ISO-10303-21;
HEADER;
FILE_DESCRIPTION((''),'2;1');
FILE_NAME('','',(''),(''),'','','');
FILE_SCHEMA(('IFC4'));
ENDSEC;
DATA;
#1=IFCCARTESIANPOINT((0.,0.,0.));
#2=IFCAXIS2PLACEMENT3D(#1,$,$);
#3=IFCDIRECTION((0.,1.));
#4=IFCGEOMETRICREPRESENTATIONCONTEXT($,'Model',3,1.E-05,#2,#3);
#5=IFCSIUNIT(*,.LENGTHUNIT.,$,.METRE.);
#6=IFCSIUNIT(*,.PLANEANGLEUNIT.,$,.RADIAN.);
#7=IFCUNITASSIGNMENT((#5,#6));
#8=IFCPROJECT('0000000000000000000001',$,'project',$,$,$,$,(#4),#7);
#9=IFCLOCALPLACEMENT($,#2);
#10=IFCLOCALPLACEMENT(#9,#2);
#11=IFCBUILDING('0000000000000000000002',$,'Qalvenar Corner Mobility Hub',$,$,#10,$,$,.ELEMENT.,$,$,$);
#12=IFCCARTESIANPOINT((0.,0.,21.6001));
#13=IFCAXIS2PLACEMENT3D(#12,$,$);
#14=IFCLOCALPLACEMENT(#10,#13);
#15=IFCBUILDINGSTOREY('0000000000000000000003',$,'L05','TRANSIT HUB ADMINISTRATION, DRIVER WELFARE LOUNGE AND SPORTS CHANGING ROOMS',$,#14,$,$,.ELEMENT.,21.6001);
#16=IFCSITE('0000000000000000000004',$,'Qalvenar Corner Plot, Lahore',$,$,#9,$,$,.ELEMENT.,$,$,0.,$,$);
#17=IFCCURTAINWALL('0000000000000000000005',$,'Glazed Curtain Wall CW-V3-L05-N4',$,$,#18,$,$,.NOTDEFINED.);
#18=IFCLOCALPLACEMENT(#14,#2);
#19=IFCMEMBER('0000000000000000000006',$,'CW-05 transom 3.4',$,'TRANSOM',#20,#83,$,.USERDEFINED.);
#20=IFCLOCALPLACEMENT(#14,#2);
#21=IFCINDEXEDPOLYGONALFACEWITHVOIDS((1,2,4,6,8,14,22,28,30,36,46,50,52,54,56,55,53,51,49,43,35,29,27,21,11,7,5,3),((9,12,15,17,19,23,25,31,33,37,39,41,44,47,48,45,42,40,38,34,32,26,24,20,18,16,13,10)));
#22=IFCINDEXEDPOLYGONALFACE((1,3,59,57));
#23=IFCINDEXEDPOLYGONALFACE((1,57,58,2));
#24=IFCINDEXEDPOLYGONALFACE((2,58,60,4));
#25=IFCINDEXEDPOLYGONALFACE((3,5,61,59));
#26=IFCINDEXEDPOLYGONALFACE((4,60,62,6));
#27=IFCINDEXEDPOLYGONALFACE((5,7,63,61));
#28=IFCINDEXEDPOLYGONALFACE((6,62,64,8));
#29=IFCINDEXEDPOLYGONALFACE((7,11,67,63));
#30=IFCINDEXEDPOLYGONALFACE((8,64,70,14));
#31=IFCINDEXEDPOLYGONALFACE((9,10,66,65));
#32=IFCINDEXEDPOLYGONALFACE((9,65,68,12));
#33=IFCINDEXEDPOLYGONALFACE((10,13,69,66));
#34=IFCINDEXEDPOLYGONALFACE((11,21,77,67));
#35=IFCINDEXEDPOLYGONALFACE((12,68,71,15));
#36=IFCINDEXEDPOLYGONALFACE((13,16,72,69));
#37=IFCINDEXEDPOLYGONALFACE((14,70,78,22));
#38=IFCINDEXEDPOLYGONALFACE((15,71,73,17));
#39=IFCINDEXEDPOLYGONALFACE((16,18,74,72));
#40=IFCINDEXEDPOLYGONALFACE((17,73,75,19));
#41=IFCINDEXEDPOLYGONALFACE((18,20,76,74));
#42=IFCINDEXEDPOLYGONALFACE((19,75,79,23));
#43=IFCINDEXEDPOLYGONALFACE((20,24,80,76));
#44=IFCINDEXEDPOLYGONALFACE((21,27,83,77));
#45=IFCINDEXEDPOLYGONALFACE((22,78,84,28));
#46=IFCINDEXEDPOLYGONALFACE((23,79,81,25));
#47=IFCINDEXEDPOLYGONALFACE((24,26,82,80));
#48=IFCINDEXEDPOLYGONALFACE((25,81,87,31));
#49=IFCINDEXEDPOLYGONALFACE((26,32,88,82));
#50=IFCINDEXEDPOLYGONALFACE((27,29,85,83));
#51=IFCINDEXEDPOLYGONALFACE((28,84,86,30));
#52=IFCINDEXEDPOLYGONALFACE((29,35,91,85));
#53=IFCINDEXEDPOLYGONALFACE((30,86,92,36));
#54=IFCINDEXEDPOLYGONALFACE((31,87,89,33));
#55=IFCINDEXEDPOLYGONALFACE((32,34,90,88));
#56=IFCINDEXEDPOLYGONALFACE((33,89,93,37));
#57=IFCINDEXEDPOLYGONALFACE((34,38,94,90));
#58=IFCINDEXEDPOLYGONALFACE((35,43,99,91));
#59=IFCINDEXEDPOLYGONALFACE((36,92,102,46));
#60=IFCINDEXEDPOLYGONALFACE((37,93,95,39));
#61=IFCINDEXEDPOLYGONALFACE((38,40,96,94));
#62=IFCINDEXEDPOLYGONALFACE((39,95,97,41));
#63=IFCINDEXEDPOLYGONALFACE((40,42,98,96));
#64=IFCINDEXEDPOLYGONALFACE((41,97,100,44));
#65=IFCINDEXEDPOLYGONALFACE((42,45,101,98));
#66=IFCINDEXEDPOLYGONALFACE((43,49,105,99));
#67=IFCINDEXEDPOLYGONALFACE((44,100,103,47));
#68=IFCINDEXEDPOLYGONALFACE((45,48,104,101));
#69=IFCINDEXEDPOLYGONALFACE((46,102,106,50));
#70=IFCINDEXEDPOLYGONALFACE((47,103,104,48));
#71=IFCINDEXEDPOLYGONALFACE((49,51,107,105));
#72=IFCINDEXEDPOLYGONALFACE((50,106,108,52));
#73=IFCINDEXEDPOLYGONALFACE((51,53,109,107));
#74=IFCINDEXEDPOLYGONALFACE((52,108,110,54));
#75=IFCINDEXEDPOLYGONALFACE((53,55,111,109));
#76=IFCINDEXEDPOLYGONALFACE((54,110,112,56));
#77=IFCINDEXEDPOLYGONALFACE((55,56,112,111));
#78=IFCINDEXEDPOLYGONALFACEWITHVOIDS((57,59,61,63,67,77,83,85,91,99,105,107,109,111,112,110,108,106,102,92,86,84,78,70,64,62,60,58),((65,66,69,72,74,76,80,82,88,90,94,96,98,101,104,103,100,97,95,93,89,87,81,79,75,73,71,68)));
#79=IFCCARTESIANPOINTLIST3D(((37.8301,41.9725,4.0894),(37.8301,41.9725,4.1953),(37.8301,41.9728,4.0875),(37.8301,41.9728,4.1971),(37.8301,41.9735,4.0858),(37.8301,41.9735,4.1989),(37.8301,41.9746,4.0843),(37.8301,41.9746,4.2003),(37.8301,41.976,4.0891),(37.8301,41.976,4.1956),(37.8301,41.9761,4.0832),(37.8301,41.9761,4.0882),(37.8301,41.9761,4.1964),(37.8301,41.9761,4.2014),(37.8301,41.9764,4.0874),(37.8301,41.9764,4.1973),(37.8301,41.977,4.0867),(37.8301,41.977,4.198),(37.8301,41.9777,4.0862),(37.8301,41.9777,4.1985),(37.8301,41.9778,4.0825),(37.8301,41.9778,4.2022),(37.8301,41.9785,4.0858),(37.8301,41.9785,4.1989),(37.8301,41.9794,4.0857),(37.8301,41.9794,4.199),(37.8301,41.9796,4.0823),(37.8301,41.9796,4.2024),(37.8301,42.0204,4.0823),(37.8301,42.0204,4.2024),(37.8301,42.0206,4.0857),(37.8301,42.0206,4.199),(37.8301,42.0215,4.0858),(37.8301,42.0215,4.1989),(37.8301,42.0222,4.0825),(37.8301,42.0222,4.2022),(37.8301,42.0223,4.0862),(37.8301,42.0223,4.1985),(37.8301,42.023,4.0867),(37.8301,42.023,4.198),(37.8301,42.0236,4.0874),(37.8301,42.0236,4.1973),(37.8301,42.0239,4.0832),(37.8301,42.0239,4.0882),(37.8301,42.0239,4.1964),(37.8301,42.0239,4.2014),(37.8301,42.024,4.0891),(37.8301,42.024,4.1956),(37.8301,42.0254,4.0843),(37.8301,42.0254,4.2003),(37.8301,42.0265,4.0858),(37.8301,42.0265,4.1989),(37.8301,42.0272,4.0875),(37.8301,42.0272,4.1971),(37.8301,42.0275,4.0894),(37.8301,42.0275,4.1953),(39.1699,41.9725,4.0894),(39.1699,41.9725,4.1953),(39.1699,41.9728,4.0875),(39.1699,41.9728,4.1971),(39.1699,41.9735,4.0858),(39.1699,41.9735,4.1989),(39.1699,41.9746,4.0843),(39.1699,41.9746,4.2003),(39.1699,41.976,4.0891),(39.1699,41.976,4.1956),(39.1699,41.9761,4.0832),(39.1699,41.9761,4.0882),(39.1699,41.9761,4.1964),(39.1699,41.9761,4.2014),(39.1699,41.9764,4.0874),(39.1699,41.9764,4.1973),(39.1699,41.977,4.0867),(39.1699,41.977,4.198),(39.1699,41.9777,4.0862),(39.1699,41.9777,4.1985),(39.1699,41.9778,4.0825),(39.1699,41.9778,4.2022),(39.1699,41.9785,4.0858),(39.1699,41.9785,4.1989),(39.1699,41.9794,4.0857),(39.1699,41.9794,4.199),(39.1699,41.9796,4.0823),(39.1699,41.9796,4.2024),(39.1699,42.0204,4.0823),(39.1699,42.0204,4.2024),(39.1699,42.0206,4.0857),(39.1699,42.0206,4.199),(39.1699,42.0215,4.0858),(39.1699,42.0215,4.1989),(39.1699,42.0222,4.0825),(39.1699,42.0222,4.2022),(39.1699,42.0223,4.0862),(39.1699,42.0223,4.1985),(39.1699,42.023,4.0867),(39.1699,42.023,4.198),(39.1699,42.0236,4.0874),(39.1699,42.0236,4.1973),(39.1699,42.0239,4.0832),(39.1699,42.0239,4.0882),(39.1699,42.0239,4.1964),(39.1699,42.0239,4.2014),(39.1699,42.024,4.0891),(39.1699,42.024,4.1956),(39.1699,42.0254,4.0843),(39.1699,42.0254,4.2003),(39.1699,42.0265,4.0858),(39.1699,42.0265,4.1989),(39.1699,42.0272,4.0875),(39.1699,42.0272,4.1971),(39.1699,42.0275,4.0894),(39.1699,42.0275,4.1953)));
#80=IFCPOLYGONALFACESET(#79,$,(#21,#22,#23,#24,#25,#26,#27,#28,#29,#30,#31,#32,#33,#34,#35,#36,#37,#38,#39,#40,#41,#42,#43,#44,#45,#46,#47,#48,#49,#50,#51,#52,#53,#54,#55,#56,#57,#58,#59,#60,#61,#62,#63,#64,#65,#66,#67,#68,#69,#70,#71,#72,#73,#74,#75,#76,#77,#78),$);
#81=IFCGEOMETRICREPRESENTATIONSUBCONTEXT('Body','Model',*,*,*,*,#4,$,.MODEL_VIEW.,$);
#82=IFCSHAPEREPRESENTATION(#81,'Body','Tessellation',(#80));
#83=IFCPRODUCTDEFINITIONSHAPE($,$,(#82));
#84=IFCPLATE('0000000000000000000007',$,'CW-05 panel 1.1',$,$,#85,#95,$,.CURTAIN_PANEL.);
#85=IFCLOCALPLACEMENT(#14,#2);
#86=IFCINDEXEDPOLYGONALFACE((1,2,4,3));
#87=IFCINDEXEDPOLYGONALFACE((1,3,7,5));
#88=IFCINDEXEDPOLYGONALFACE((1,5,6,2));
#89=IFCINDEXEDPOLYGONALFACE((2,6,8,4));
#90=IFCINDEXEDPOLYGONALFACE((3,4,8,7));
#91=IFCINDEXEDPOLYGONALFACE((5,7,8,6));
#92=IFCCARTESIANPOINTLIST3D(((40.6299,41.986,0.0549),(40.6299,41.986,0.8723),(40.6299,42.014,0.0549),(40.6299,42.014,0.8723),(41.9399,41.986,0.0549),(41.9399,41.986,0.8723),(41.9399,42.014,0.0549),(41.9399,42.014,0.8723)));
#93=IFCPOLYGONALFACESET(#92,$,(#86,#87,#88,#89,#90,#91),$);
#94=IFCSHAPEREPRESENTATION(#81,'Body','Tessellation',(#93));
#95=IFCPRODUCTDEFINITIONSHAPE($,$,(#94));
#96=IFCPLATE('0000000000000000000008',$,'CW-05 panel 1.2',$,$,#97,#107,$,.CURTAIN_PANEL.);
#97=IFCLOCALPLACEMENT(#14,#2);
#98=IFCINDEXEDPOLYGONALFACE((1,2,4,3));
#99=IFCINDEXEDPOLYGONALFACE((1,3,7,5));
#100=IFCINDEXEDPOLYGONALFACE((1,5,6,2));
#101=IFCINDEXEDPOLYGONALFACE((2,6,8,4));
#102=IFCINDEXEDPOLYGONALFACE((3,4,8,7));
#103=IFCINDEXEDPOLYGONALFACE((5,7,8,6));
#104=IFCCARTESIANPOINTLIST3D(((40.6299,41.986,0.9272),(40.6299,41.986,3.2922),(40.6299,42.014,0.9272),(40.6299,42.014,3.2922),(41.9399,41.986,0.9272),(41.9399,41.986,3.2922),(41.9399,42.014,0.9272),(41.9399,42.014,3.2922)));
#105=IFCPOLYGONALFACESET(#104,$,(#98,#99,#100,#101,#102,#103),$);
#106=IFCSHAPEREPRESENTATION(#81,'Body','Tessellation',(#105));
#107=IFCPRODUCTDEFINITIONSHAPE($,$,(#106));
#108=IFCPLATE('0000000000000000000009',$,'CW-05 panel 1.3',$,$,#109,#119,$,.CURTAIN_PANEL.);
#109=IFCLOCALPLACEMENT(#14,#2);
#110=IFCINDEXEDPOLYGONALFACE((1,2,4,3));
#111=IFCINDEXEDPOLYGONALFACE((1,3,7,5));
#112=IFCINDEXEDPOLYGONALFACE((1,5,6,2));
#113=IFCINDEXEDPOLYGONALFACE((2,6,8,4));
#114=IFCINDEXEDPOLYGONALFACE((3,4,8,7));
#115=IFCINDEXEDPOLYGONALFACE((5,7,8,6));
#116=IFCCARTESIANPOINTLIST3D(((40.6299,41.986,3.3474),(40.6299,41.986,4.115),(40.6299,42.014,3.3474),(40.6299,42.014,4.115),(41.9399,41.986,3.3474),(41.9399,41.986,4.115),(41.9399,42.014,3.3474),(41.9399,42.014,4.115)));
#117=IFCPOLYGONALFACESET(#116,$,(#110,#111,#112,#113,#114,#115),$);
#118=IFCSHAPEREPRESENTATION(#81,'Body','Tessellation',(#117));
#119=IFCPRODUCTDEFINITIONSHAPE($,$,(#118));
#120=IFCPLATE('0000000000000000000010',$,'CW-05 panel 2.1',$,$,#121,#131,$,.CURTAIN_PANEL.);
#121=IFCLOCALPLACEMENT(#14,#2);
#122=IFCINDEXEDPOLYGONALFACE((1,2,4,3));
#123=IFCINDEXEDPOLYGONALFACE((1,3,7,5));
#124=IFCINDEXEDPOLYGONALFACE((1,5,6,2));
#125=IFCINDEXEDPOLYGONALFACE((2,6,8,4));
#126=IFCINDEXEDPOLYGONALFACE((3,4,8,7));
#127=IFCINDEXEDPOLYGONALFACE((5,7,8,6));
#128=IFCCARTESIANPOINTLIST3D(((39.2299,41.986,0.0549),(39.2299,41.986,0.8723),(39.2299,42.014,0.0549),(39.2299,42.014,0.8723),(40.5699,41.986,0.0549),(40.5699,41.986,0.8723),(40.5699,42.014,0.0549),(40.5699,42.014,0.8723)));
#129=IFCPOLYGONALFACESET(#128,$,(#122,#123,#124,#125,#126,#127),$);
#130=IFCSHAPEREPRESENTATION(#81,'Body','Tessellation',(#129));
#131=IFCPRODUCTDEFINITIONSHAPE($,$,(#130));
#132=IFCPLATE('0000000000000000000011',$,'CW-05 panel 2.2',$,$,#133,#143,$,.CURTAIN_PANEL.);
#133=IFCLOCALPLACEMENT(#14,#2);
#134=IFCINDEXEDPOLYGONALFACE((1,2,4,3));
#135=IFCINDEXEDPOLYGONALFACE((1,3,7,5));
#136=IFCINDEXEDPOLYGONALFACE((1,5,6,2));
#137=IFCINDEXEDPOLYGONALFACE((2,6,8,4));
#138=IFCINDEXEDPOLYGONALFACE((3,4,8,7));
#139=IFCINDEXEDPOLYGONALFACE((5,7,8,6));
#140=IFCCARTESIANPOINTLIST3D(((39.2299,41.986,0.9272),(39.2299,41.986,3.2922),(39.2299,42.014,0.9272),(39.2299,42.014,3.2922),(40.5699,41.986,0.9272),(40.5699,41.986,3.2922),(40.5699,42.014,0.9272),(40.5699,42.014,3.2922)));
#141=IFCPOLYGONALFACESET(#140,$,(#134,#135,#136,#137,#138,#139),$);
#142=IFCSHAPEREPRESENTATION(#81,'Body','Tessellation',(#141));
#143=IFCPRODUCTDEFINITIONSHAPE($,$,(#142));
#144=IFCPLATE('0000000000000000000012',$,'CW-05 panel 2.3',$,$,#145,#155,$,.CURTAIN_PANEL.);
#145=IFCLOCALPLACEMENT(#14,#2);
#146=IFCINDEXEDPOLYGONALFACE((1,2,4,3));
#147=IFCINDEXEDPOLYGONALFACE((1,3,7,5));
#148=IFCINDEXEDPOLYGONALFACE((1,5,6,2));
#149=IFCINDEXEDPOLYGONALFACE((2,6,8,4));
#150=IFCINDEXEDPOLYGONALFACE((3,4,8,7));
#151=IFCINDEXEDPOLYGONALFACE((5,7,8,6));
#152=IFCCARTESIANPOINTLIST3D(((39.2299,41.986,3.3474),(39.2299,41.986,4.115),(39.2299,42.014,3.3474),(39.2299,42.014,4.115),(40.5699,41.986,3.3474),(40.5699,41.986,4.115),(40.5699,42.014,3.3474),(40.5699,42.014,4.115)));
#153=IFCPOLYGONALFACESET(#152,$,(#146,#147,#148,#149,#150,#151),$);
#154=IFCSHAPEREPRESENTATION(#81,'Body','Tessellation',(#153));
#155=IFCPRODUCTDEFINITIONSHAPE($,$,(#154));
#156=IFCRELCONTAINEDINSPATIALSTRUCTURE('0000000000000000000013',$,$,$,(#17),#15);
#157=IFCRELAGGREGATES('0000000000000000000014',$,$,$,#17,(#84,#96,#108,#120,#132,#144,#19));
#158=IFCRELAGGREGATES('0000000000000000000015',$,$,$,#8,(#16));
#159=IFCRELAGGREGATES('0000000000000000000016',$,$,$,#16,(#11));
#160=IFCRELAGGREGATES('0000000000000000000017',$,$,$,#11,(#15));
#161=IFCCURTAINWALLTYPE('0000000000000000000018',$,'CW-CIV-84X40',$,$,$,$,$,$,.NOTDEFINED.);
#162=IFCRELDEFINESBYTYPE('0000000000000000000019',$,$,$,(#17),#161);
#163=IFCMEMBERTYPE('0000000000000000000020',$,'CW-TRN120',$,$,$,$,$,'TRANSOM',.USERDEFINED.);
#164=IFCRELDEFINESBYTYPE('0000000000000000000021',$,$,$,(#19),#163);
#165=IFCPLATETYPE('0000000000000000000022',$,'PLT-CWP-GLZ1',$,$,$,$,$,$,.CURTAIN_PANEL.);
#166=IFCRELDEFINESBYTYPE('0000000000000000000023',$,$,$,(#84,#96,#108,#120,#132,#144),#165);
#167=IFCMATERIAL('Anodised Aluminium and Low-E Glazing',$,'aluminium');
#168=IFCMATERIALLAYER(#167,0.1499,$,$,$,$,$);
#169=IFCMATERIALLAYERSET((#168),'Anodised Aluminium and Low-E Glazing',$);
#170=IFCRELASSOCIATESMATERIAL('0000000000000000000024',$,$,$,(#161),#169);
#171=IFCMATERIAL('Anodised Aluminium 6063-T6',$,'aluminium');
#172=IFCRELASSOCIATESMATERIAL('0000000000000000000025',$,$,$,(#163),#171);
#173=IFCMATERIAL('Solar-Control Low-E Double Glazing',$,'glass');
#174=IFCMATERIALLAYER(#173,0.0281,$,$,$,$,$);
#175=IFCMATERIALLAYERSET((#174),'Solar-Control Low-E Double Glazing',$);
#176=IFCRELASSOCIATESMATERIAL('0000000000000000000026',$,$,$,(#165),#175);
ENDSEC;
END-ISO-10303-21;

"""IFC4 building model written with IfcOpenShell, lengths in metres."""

from ifc_helpers import new_model, si_unit, direction, frame, origin, origin_2d, place, context, subcontext, project, spatial, rectangle, hollow_rectangle, extrude, material, layer, layer_set, material_profile, profile_set, type_object, element, aggregate, save


model = new_model("IFC4")

# Units and contexts
model_context = context("Model", 3, precision=1e-05, world=origin(), true_north=direction((0.0, 1.0)))
body_context = subcontext(model_context, "Body", "Model", "MODEL_VIEW")
ifc_project = project(units=[si_unit("LENGTHUNIT", "METRE"), si_unit("PLANEANGLEUNIT", "RADIAN")], contexts=[model_context])

# Site, building, storey
site_placement = place(None, origin())
site = spatial("IfcSite", under=ifc_project, at=site_placement, Name="Qalvenar Corner Plot, Lahore", CompositionType="ELEMENT", RefElevation=0.0)
building_placement = place(site_placement, origin())
building = spatial("IfcBuilding", under=site, at=building_placement, Name="Qalvenar Corner Mobility Hub", CompositionType="ELEMENT")
storey_placement = place(building_placement, frame((0.0, 0.0, 21.6001)))
storey = spatial("IfcBuildingStorey", under=building, at=storey_placement, Name="L05", Description="TRANSIT HUB ADMINISTRATION, DRIVER WELFARE LOUNGE AND SPORTS CHANGING ROOMS", CompositionType="ELEMENT", Elevation=21.6001)

# Curtain wall, member, plates
ifc_material_1 = material(Name="Anodised Aluminium and Low-E Glazing", Category="aluminium")
ifc_layer_1 = layer(ifc_material_1, 0.1499)
ifc_layer_set_1 = layer_set([ifc_layer_1], Name="Anodised Aluminium and Low-E Glazing")
curtain_wall_type = type_object("IfcCurtainWallType", Name="CW-CIV-84X40", PredefinedType="NOTDEFINED", material=ifc_layer_set_1)
curtain_wall_placement = place(storey_placement, origin())
curtain_wall = element("IfcCurtainWall", 1, at=curtain_wall_placement, inside=storey, type_object=curtain_wall_type, Name="Glazed Curtain Wall CW-V3-L05-N4", PredefinedType="NOTDEFINED")
ifc_material_2 = material(Name="Anodised Aluminium 6063-T6", Category="aluminium")
ifc_material_profile_1 = material_profile(ifc_material_2, hollow_rectangle(XDim=0.0549, YDim=0.1201, WallThickness=0.0034, InnerFilletRadius=0.0034, OuterFilletRadius=0.0071, at=origin_2d()), Name="RHS120x55x3.5")
ifc_profile_set_1 = profile_set([ifc_material_profile_1], Name="Anodised Aluminium 6063-T6")
member_type_1 = type_object("IfcMemberType", Name="CW-TRN120", ElementType="TRANSOM", PredefinedType="USERDEFINED", material=ifc_profile_set_1)
member_1_placement = place(storey_placement, frame((39.1699, 42.0, 4.1423), z_axis=(-1.0, 0.0, 0.0), x_axis=(0.0, -1.0, 0.0)))
member_1 = element("IfcMember", 2, at=member_1_placement, type_object=member_type_1, Name="CW-05 transom 3.4", ObjectType="TRANSOM", PredefinedType="USERDEFINED", context=body_context, shape_type="SweptSolid", body=[
    extrude(hollow_rectangle(XDim=0.0549, YDim=0.1201, WallThickness=0.0034, InnerFilletRadius=0.0034, OuterFilletRadius=0.0071, at=origin_2d()), origin(), (0.0, 0.0, 1.0), 1.3398),
])
ifc_material_3 = material(Name="Solar-Control Low-E Double Glazing", Category="glass")
ifc_layer_2 = layer(ifc_material_3, 0.0281)
ifc_layer_set_2 = layer_set([ifc_layer_2], Name="Solar-Control Low-E Double Glazing")
plate_type = type_object("IfcPlateType", Name="PLT-CWP-GLZ1", PredefinedType="CURTAIN_PANEL", material=ifc_layer_set_2)
plate_1_placement = place(storey_placement, frame((41.2849, 42.0, 0.0549), z_axis=(0.0, 0.0, 1.0), x_axis=(-1.0, 0.0, 0.0)))
plate_1 = element("IfcPlate", 3, at=plate_1_placement, type_object=plate_type, Name="CW-05 panel 1.1", PredefinedType="CURTAIN_PANEL", context=body_context, shape_type="SweptSolid", body=[
    extrude(rectangle(XDim=1.3101, YDim=0.0281, at=origin_2d()), origin(), (0.0, 0.0, 1.0), 0.8174),
])
plate_2_placement = place(storey_placement, frame((41.2849, 42.0, 0.9272), z_axis=(0.0, 0.0, 1.0), x_axis=(-1.0, 0.0, 0.0)))
plate_2 = element("IfcPlate", 4, at=plate_2_placement, type_object=plate_type, Name="CW-05 panel 1.2", PredefinedType="CURTAIN_PANEL", context=body_context, shape_type="SweptSolid", body=[
    extrude(rectangle(XDim=1.3101, YDim=0.0281, at=origin_2d()), origin(), (0.0, 0.0, 1.0), 2.365),
])
plate_3_placement = place(storey_placement, frame((41.2849, 42.0, 3.3474), z_axis=(0.0, 0.0, 1.0), x_axis=(-1.0, 0.0, 0.0)))
plate_3 = element("IfcPlate", 5, at=plate_3_placement, type_object=plate_type, Name="CW-05 panel 1.3", PredefinedType="CURTAIN_PANEL", context=body_context, shape_type="SweptSolid", body=[
    extrude(rectangle(XDim=1.3101, YDim=0.0281, at=origin_2d()), origin(), (0.0, 0.0, 1.0), 0.7676),
])
plate_4_placement = place(storey_placement, frame((39.8999, 42.0, 0.0549), z_axis=(0.0, 0.0, 1.0), x_axis=(-1.0, 0.0, 0.0)))
plate_4 = element("IfcPlate", 6, at=plate_4_placement, type_object=plate_type, Name="CW-05 panel 2.1", PredefinedType="CURTAIN_PANEL", context=body_context, shape_type="SweptSolid", body=[
    extrude(rectangle(XDim=1.3401, YDim=0.0281, at=origin_2d()), origin(), (0.0, 0.0, 1.0), 0.8174),
])
plate_5_placement = place(storey_placement, frame((39.8999, 42.0, 0.9272), z_axis=(0.0, 0.0, 1.0), x_axis=(-1.0, 0.0, 0.0)))
plate_5 = element("IfcPlate", 7, at=plate_5_placement, type_object=plate_type, Name="CW-05 panel 2.2", PredefinedType="CURTAIN_PANEL", context=body_context, shape_type="SweptSolid", body=[
    extrude(rectangle(XDim=1.3401, YDim=0.0281, at=origin_2d()), origin(), (0.0, 0.0, 1.0), 2.365),
])
plate_6_placement = place(storey_placement, frame((39.8999, 42.0, 3.3474), z_axis=(0.0, 0.0, 1.0), x_axis=(-1.0, 0.0, 0.0)))
plate_6 = element("IfcPlate", 8, at=plate_6_placement, type_object=plate_type, Name="CW-05 panel 2.3", PredefinedType="CURTAIN_PANEL", context=body_context, shape_type="SweptSolid", body=[
    extrude(rectangle(XDim=1.3401, YDim=0.0281, at=origin_2d()), origin(), (0.0, 0.0, 1.0), 0.7676),
])
aggregate(curtain_wall, [plate_1, plate_2, plate_3, plate_4, plate_5, plate_6, member_1])

save(model, "model.ifc")
